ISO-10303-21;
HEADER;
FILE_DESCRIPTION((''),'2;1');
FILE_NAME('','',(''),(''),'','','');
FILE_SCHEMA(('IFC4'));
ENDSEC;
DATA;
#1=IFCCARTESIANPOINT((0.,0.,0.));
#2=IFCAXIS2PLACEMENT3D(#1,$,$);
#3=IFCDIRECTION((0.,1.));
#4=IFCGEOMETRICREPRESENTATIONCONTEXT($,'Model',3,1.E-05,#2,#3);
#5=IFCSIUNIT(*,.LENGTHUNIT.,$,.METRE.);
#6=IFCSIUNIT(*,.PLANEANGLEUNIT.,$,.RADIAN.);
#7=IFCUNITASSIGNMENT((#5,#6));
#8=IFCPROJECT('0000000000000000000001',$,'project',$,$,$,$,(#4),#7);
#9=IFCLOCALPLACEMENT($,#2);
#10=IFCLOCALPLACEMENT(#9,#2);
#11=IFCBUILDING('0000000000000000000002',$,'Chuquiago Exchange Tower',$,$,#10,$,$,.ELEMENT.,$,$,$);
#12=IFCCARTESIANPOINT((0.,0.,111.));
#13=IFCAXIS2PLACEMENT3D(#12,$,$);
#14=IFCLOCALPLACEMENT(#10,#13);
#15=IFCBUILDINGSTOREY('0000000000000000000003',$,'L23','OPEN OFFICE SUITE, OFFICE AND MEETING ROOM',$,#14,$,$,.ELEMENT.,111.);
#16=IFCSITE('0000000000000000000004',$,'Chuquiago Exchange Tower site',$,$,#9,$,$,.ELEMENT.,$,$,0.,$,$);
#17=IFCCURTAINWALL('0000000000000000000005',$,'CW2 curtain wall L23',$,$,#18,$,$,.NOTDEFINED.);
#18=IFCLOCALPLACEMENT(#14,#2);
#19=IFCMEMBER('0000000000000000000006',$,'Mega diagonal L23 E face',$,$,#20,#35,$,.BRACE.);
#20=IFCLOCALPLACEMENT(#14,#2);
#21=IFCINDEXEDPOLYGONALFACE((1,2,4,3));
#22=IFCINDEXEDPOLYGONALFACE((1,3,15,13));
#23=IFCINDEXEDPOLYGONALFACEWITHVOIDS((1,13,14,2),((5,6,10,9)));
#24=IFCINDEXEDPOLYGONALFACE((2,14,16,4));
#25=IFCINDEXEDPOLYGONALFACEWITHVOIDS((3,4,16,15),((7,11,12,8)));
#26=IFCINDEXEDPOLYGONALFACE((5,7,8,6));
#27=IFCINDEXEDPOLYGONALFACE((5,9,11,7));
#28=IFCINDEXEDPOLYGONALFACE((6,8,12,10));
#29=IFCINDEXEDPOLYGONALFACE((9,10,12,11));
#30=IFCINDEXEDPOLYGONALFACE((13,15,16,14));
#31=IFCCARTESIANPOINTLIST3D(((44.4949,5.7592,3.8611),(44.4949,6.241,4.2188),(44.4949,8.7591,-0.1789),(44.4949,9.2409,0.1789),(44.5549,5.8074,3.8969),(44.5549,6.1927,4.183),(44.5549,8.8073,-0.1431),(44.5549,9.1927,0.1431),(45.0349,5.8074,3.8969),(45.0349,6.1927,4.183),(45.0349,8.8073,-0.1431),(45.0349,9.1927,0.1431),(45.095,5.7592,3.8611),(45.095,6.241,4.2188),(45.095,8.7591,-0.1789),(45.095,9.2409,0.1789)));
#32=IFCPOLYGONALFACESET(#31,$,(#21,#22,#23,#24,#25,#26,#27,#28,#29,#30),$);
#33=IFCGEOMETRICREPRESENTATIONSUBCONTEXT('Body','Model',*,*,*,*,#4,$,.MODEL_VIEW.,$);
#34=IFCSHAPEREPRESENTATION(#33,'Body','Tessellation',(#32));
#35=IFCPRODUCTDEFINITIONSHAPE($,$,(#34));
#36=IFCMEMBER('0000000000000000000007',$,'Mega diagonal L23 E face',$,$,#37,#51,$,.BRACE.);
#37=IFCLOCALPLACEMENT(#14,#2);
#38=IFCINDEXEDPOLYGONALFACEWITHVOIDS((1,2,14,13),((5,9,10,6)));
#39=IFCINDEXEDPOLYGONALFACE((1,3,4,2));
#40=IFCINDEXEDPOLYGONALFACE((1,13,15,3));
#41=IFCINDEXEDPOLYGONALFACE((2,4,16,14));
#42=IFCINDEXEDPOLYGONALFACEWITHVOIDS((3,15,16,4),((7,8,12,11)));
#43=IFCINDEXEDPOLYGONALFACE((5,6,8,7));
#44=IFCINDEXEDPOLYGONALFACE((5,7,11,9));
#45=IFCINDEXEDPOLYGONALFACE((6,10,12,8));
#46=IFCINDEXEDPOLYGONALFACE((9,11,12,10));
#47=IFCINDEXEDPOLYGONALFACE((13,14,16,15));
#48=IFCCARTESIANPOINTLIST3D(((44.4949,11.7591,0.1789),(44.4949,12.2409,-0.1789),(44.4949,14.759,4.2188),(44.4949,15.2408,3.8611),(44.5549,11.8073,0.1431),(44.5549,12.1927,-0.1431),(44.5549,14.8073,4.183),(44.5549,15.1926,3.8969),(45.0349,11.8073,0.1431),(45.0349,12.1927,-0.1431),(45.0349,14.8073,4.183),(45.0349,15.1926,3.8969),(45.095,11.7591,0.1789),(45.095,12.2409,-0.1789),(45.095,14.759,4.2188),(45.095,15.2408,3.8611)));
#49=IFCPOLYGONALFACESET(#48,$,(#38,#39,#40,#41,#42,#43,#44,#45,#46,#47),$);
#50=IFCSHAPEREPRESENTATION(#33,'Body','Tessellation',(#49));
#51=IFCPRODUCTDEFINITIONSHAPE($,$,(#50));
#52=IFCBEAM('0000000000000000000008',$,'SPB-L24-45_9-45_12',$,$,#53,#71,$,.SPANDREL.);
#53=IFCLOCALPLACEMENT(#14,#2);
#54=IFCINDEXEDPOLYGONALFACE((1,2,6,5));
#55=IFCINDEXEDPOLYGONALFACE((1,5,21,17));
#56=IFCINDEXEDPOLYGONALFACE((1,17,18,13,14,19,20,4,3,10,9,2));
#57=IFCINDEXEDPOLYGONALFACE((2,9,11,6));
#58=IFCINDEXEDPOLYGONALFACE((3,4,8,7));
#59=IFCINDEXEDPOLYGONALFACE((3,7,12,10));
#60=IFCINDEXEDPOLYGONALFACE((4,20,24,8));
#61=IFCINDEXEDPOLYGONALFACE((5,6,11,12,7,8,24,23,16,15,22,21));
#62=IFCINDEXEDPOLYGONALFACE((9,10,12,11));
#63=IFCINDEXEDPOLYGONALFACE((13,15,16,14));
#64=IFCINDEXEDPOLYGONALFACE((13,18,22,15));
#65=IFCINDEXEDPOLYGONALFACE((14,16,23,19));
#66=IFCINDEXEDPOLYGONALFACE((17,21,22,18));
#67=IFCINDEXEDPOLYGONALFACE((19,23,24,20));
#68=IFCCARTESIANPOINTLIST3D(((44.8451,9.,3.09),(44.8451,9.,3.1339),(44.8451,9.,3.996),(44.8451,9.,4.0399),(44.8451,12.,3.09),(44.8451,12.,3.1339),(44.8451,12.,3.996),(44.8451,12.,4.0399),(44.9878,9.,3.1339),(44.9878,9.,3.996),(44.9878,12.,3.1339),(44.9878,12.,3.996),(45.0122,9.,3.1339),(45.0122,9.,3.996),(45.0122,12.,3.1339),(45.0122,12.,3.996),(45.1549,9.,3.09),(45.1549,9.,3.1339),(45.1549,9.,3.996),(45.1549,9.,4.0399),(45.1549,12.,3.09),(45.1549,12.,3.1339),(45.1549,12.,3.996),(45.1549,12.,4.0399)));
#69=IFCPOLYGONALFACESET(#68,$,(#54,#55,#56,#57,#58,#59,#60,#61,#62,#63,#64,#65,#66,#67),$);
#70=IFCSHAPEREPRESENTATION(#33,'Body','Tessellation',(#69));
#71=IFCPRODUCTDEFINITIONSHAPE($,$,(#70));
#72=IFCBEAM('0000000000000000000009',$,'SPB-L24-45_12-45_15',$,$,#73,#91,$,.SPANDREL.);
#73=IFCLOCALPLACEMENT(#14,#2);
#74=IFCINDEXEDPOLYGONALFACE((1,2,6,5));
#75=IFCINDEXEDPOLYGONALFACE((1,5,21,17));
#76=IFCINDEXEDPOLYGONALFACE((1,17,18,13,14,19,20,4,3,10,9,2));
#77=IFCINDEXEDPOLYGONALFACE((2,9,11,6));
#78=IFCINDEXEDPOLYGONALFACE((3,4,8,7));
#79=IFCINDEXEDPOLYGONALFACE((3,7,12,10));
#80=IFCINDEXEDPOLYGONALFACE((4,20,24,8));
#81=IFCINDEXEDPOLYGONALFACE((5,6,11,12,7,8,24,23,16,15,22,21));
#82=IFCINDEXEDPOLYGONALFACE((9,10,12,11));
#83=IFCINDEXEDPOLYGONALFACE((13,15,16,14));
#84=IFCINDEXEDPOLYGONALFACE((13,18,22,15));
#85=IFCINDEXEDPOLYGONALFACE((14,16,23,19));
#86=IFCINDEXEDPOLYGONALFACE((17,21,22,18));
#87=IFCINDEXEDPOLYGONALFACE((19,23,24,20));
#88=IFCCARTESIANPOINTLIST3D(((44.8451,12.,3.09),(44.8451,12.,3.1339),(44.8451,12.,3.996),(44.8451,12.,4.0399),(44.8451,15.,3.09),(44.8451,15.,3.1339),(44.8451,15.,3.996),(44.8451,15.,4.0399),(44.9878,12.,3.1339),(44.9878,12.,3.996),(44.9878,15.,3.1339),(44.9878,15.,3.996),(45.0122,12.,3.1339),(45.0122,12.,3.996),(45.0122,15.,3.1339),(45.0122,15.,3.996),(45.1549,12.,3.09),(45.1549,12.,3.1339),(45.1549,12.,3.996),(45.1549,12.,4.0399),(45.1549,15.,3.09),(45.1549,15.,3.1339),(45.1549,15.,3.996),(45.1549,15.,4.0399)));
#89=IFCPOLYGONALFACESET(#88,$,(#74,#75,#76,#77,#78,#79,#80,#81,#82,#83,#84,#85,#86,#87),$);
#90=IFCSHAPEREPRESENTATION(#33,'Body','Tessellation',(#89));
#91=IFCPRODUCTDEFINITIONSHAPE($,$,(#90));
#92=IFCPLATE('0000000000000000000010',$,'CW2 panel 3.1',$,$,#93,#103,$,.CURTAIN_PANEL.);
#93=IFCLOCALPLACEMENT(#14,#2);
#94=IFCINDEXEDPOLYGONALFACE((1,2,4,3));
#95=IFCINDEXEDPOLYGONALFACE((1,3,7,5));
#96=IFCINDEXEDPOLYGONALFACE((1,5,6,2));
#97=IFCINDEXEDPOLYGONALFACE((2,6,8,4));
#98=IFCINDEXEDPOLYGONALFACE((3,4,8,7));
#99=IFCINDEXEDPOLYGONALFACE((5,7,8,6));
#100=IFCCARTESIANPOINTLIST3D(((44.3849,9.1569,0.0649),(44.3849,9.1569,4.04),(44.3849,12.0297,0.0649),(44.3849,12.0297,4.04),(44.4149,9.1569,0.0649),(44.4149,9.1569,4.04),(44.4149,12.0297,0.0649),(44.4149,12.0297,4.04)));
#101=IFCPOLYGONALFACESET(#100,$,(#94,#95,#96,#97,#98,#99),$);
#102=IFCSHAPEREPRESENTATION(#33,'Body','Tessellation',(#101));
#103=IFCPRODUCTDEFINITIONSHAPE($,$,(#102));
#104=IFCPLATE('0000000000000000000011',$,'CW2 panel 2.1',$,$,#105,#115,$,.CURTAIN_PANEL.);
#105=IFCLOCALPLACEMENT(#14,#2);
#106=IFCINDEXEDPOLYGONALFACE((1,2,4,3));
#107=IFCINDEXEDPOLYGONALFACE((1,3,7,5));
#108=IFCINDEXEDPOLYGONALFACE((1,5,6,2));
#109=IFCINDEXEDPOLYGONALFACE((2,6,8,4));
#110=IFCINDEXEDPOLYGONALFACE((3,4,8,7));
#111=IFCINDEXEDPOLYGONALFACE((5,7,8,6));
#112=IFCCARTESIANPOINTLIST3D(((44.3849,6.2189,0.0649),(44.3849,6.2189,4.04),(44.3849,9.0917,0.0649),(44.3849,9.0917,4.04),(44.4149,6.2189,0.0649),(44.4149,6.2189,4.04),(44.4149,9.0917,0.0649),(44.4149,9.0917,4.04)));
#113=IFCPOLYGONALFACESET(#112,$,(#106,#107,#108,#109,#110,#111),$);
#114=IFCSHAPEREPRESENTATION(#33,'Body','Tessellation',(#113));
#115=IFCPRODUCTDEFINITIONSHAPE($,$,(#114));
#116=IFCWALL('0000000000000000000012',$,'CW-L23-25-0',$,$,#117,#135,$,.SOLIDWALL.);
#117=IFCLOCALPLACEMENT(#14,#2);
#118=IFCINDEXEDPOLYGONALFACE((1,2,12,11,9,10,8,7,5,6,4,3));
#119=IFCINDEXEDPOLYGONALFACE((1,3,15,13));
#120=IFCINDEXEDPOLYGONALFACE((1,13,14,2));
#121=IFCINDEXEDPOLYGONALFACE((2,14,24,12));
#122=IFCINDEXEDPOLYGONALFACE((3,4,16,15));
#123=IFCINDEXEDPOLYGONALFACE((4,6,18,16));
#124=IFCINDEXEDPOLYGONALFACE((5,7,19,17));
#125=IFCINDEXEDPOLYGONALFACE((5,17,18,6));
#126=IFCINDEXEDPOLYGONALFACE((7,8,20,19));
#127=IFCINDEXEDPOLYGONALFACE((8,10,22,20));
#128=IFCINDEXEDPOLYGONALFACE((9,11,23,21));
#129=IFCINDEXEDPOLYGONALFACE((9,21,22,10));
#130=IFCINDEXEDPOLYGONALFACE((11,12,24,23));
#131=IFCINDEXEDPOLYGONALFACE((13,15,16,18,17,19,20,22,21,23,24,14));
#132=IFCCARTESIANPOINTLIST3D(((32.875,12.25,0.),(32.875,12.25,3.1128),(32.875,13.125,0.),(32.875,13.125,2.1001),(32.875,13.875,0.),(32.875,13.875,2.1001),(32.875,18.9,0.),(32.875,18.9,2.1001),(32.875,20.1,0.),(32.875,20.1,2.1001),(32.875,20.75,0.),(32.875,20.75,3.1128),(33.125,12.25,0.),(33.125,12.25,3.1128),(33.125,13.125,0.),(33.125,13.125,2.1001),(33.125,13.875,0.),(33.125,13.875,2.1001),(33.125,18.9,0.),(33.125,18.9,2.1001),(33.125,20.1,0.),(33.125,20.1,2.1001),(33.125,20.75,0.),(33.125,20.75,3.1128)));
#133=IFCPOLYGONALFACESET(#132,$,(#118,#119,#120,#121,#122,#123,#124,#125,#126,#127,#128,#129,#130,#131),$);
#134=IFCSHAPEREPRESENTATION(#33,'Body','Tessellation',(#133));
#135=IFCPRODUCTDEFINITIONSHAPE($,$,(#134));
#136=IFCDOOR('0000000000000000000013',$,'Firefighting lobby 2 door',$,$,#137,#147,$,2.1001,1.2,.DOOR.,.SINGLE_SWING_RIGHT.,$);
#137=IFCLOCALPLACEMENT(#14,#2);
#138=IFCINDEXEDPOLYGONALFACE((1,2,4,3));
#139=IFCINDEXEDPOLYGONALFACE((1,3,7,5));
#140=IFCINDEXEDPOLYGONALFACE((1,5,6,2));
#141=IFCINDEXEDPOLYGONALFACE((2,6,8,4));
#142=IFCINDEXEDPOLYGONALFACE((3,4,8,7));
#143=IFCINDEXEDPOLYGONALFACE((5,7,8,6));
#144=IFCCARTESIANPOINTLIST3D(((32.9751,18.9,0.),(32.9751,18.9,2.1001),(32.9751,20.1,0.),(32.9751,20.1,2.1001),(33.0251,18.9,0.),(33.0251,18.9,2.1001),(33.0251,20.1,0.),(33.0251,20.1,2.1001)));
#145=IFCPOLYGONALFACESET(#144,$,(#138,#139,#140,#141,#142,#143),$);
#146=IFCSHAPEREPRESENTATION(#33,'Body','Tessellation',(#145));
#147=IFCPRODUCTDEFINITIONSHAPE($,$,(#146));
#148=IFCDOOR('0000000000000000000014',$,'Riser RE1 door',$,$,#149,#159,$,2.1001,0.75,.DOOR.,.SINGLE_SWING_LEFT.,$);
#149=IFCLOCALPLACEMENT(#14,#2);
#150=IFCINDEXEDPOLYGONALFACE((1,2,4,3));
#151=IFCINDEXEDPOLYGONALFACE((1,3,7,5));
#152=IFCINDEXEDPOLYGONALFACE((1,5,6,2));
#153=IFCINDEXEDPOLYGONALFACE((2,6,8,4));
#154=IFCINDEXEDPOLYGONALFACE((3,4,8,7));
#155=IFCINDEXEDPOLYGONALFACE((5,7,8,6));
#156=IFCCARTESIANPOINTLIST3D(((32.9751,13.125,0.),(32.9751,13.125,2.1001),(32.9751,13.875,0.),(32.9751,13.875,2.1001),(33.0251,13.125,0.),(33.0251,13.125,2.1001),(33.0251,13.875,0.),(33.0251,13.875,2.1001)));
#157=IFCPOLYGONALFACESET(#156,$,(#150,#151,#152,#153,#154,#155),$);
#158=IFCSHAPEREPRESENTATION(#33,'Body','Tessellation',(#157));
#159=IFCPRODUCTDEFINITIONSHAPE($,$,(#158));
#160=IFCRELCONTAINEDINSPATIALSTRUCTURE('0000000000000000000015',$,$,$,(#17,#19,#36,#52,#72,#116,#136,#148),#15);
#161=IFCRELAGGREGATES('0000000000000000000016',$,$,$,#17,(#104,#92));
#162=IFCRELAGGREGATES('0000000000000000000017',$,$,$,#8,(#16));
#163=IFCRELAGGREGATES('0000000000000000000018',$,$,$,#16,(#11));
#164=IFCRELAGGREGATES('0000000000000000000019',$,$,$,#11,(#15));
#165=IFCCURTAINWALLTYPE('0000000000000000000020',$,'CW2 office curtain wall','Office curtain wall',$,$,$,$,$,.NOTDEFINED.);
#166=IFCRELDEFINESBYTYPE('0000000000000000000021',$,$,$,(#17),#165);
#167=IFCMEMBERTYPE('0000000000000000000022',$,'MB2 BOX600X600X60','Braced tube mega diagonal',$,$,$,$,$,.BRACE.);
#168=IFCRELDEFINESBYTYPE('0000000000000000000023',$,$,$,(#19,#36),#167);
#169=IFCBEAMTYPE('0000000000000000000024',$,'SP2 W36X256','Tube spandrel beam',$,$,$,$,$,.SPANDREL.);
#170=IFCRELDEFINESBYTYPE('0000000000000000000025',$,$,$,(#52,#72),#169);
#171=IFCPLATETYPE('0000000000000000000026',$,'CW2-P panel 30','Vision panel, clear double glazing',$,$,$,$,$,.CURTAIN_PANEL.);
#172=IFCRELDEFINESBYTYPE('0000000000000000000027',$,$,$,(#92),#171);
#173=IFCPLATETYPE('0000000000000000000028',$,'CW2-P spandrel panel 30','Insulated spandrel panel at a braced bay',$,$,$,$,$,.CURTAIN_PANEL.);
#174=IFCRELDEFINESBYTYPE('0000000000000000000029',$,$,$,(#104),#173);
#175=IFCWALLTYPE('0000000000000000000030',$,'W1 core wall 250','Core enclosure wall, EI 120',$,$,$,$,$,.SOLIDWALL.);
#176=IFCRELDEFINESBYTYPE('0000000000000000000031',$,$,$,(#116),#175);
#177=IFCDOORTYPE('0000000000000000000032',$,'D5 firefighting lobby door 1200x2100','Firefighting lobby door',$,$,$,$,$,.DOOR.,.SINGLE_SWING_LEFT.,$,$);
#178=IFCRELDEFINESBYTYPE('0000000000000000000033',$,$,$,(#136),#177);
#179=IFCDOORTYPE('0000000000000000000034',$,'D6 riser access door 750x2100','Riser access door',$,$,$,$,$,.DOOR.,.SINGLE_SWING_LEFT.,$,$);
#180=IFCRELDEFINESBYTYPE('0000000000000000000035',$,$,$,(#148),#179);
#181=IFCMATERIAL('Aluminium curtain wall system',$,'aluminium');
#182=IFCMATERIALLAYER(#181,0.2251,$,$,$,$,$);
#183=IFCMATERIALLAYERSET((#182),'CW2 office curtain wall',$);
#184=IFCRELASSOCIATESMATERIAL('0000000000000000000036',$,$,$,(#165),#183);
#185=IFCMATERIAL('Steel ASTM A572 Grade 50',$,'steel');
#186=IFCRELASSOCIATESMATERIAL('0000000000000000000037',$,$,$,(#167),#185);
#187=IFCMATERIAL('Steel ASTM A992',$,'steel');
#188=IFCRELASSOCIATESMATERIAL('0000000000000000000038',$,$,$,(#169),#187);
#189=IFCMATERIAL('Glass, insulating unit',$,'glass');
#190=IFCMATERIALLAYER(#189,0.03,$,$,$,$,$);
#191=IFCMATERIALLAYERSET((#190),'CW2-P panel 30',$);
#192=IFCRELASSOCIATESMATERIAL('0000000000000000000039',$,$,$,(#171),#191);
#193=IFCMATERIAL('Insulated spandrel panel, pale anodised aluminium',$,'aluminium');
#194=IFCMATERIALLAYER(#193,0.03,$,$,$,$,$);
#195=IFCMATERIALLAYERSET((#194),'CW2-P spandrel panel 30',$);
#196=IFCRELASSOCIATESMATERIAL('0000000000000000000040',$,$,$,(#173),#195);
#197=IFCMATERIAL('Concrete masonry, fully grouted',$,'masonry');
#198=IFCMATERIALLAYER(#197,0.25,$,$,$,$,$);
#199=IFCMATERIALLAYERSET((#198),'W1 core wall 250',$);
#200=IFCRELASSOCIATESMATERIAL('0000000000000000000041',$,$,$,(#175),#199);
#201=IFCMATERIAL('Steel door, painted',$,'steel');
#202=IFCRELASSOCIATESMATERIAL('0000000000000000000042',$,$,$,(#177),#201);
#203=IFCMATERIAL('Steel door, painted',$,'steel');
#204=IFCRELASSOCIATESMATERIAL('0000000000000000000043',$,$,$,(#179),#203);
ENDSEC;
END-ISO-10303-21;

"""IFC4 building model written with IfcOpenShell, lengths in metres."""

from ifc_helpers import new_model, si_unit, direction, frame, frame_2d, origin, origin_2d, place, context, subcontext, project, spatial, rectangle, hollow_rectangle, i_section, extrude, material, layer, layer_set, material_profile, profile_set, type_object, element, fill, aggregate, save


model = new_model("IFC4")

# Units and contexts
model_context = context("Model", 3, precision=1e-05, world=origin(), true_north=direction((0.0, 1.0)))
body_context = subcontext(model_context, "Body", "Model", "MODEL_VIEW")
ifc_project = project(units=[si_unit("LENGTHUNIT", "METRE"), si_unit("PLANEANGLEUNIT", "RADIAN")], contexts=[model_context])

# Site, building, storey
site_placement = place(None, origin())
site = spatial("IfcSite", under=ifc_project, at=site_placement, Name="Chuquiago Exchange Tower site", CompositionType="ELEMENT", RefElevation=0.0)
building_placement = place(site_placement, origin())
building = spatial("IfcBuilding", under=site, at=building_placement, Name="Chuquiago Exchange Tower", CompositionType="ELEMENT")
storey_placement = place(building_placement, frame((0.0, 0.0, 111.0)))
storey = spatial("IfcBuildingStorey", under=building, at=storey_placement, Name="L23", Description="OPEN OFFICE SUITE, OFFICE AND MEETING ROOM", CompositionType="ELEMENT", Elevation=111.0)

# Curtain wall
ifc_material_1 = material(Name="Aluminium curtain wall system", Category="aluminium")
ifc_layer_1 = layer(ifc_material_1, 0.2251)
ifc_layer_set_1 = layer_set([ifc_layer_1], Name="CW2 office curtain wall")
curtain_wall_type = type_object("IfcCurtainWallType", Name="CW2 office curtain wall", Description="Office curtain wall", PredefinedType="NOTDEFINED", material=ifc_layer_set_1)
curtain_wall_placement = place(storey_placement, origin())
curtain_wall = element("IfcCurtainWall", 1, at=curtain_wall_placement, inside=storey, type_object=curtain_wall_type, Name="CW2 curtain wall L23", PredefinedType="NOTDEFINED")

# Members
ifc_material_2 = material(Name="Steel ASTM A572 Grade 50", Category="steel")
ifc_material_profile_1 = material_profile(ifc_material_2, hollow_rectangle(XDim=0.6001, YDim=0.6001, WallThickness=0.0601, at=origin_2d()), Name="BOX600X600X60")
ifc_profile_set_1 = profile_set([ifc_material_profile_1], Name="Steel ASTM A572 Grade 50")
member_type_1 = type_object("IfcMemberType", Name="MB2 BOX600X600X60", Description="Braced tube mega diagonal", PredefinedType="BRACE", material=ifc_profile_set_1)
for number, where, z_axis, x_axis, name in (
    (2, (44.7949, 9.0, 0.0), (0.0, -0.596174, 0.802855), (1.0, 0.0, 0.0), "Mega diagonal L23 E face"),
    (3, (44.7949, 12.0, 0.0), (0.0, 0.596174, 0.802855), (-1.0, 0.0, 0.0), "Mega diagonal L23 E face"),
):
    element("IfcMember", number, at=place(storey_placement, frame(where, z_axis=z_axis, x_axis=x_axis)), inside=storey, type_object=member_type_1, Name=name, PredefinedType="BRACE", context=body_context, shape_type="SweptSolid", body=[
        extrude(hollow_rectangle(XDim=0.6001, YDim=0.6001, WallThickness=0.0601, at=origin_2d()), origin(), (0.0, 0.0, 1.0), 5.032),
    ])

# Beams
ifc_material_3 = material(Name="Steel ASTM A992", Category="steel")
ifc_material_profile_2 = material_profile(ifc_material_3, i_section(OverallWidth=0.3098, OverallDepth=0.95, WebThickness=0.0244, FlangeThickness=0.0439, at=origin_2d()), Name="W36X256")
ifc_profile_set_2 = profile_set([ifc_material_profile_2], Name="Steel ASTM A992")
beam_type_1 = type_object("IfcBeamType", Name="SP2 W36X256", Description="Tube spandrel beam", PredefinedType="SPANDREL", material=ifc_profile_set_2)
for number, where, z_axis, x_axis, name in (
    (4, (45.0, 9.0, 3.5649), (0.0, 1.0, 0.0), (-1.0, 0.0, 0.0), "SPB-L24-45_9-45_12"),
    (5, (45.0, 12.0, 3.5649), (0.0, 1.0, 0.0), (-1.0, 0.0, 0.0), "SPB-L24-45_12-45_15"),
):
    element("IfcBeam", number, at=place(storey_placement, frame(where, z_axis=z_axis, x_axis=x_axis)), inside=storey, type_object=beam_type_1, Name=name, PredefinedType="SPANDREL", context=body_context, shape_type="SweptSolid", body=[
        extrude(i_section(OverallWidth=0.3098, OverallDepth=0.95, WebThickness=0.0244, FlangeThickness=0.0439, at=origin_2d()), origin(), (0.0, 0.0, 1.0), 3.0),
    ])

# Plates
ifc_material_4 = material(Name="Glass, insulating unit", Category="glass")
ifc_layer_2 = layer(ifc_material_4, 0.03)
ifc_layer_set_2 = layer_set([ifc_layer_2], Name="CW2-P panel 30")
plate_type_1 = type_object("IfcPlateType", Name="CW2-P panel 30", Description="Vision panel, clear double glazing", PredefinedType="CURTAIN_PANEL", material=ifc_layer_set_2)
plate_1_placement = place(storey_placement, frame((44.3999, 10.5933, 0.0649), z_axis=(0.0, 0.0, 1.0), x_axis=(0.0, 1.0, 0.0)))
plate_1 = element("IfcPlate", 6, at=plate_1_placement, type_object=plate_type_1, Name="CW2 panel 3.1", PredefinedType="CURTAIN_PANEL", context=body_context, shape_type="SweptSolid", body=[
    extrude(rectangle(XDim=2.8728, YDim=0.03, at=origin_2d()), origin(), (0.0, 0.0, 1.0), 3.9751),
])
ifc_material_5 = material(Name="Insulated spandrel panel, pale anodised aluminium", Category="aluminium")
ifc_layer_3 = layer(ifc_material_5, 0.03)
ifc_layer_set_3 = layer_set([ifc_layer_3], Name="CW2-P spandrel panel 30")
plate_type_2 = type_object("IfcPlateType", Name="CW2-P spandrel panel 30", Description="Insulated spandrel panel at a braced bay", PredefinedType="CURTAIN_PANEL", material=ifc_layer_set_3)
plate_2_placement = place(storey_placement, frame((44.3999, 7.6553, 0.0649), z_axis=(0.0, 0.0, 1.0), x_axis=(0.0, 1.0, 0.0)))
plate_2 = element("IfcPlate", 7, at=plate_2_placement, type_object=plate_type_2, Name="CW2 panel 2.1", PredefinedType="CURTAIN_PANEL", context=body_context, shape_type="SweptSolid", body=[
    extrude(rectangle(XDim=2.8728, YDim=0.03, at=origin_2d()), origin(), (0.0, 0.0, 1.0), 3.9751),
])
aggregate(curtain_wall, [plate_2, plate_1])

# Wall, openings, doors
ifc_material_6 = material(Name="Concrete masonry, fully grouted", Category="masonry")
ifc_layer_4 = layer(ifc_material_6, 0.25)
ifc_layer_set_4 = layer_set([ifc_layer_4], Name="W1 core wall 250")
wall_type_1 = type_object("IfcWallType", Name="W1 core wall 250", Description="Core enclosure wall, EI 120", PredefinedType="SOLIDWALL", material=ifc_layer_set_4)
wall_1_placement = place(storey_placement, frame((33.0, 12.25, 0.0), z_axis=(0.0, 0.0, 1.0), x_axis=(0.0, 1.0, 0.0)))
wall_1 = element("IfcWall", 8, at=wall_1_placement, inside=storey, type_object=wall_type_1, Name="CW-L23-25-0", PredefinedType="SOLIDWALL", context=body_context, shape_type="SweptSolid", body=[
    extrude(rectangle(XDim=8.5, YDim=0.25, at=frame_2d((4.25, 0.0))), origin(), (0.0, 0.0, 1.0), 3.1128),
])
opening_1_placement = place(wall_1_placement, frame((6.6499, 0.0, 0.0)))
opening_1 = element("IfcOpeningElement", 9, at=opening_1_placement, cuts=wall_1, PredefinedType="OPENING", context=body_context, shape_type="SweptSolid", body=[
    extrude(rectangle(XDim=1.2, YDim=2.1001, at=frame_2d((0.6001, 1.05))), frame((0.0, 0.135, 0.0), z_axis=(0.0, -1.0, 0.0), x_axis=(1.0, 0.0, 0.0)), (0.0, 0.0, 1.0), 0.27),
])
opening_2_placement = place(wall_1_placement, frame((0.875, 0.0, 0.0)))
opening_2 = element("IfcOpeningElement", 10, at=opening_2_placement, cuts=wall_1, PredefinedType="OPENING", context=body_context, shape_type="SweptSolid", body=[
    extrude(rectangle(XDim=0.75, YDim=2.1001, at=frame_2d((0.375, 1.05))), frame((0.0, 0.135, 0.0), z_axis=(0.0, -1.0, 0.0), x_axis=(1.0, 0.0, 0.0)), (0.0, 0.0, 1.0), 0.27),
])
ifc_material_7 = material(Name="Steel door, painted", Category="steel")
door_type_1 = type_object("IfcDoorType", Name="D5 firefighting lobby door 1200x2100", Description="Firefighting lobby door", OperationType="SINGLE_SWING_LEFT", PredefinedType="DOOR", material=ifc_material_7)
door_1_placement = place(opening_1_placement, origin())
door_1 = element("IfcDoor", 11, at=door_1_placement, inside=storey, type_object=door_type_1, Name="Firefighting lobby 2 door", OperationType="SINGLE_SWING_RIGHT", OverallHeight=2.1001, OverallWidth=1.2, PredefinedType="DOOR", context=body_context, shape_type="SweptSolid", body=[
    extrude(rectangle(XDim=1.2, YDim=2.1001, at=frame_2d((0.6001, 1.05))), frame((0.0, 0.0249, 0.0), z_axis=(0.0, -1.0, 0.0), x_axis=(1.0, 0.0, 0.0)), (0.0, 0.0, 1.0), 0.05),
])
fill(opening_1, door_1)
ifc_material_8 = material(Name="Steel door, painted", Category="steel")
door_type_2 = type_object("IfcDoorType", Name="D6 riser access door 750x2100", Description="Riser access door", OperationType="SINGLE_SWING_LEFT", PredefinedType="DOOR", material=ifc_material_8)
door_2_placement = place(opening_2_placement, origin())
door_2 = element("IfcDoor", 12, at=door_2_placement, inside=storey, type_object=door_type_2, Name="Riser RE1 door", OperationType="SINGLE_SWING_LEFT", OverallHeight=2.1001, OverallWidth=0.75, PredefinedType="DOOR", context=body_context, shape_type="SweptSolid", body=[
    extrude(rectangle(XDim=0.75, YDim=2.1001, at=frame_2d((0.375, 1.05))), frame((0.0, 0.0249, 0.0), z_axis=(0.0, -1.0, 0.0), x_axis=(1.0, 0.0, 0.0)), (0.0, 0.0, 1.0), 0.05),
])
fill(opening_2, door_2)

save(model, "model.ifc")
